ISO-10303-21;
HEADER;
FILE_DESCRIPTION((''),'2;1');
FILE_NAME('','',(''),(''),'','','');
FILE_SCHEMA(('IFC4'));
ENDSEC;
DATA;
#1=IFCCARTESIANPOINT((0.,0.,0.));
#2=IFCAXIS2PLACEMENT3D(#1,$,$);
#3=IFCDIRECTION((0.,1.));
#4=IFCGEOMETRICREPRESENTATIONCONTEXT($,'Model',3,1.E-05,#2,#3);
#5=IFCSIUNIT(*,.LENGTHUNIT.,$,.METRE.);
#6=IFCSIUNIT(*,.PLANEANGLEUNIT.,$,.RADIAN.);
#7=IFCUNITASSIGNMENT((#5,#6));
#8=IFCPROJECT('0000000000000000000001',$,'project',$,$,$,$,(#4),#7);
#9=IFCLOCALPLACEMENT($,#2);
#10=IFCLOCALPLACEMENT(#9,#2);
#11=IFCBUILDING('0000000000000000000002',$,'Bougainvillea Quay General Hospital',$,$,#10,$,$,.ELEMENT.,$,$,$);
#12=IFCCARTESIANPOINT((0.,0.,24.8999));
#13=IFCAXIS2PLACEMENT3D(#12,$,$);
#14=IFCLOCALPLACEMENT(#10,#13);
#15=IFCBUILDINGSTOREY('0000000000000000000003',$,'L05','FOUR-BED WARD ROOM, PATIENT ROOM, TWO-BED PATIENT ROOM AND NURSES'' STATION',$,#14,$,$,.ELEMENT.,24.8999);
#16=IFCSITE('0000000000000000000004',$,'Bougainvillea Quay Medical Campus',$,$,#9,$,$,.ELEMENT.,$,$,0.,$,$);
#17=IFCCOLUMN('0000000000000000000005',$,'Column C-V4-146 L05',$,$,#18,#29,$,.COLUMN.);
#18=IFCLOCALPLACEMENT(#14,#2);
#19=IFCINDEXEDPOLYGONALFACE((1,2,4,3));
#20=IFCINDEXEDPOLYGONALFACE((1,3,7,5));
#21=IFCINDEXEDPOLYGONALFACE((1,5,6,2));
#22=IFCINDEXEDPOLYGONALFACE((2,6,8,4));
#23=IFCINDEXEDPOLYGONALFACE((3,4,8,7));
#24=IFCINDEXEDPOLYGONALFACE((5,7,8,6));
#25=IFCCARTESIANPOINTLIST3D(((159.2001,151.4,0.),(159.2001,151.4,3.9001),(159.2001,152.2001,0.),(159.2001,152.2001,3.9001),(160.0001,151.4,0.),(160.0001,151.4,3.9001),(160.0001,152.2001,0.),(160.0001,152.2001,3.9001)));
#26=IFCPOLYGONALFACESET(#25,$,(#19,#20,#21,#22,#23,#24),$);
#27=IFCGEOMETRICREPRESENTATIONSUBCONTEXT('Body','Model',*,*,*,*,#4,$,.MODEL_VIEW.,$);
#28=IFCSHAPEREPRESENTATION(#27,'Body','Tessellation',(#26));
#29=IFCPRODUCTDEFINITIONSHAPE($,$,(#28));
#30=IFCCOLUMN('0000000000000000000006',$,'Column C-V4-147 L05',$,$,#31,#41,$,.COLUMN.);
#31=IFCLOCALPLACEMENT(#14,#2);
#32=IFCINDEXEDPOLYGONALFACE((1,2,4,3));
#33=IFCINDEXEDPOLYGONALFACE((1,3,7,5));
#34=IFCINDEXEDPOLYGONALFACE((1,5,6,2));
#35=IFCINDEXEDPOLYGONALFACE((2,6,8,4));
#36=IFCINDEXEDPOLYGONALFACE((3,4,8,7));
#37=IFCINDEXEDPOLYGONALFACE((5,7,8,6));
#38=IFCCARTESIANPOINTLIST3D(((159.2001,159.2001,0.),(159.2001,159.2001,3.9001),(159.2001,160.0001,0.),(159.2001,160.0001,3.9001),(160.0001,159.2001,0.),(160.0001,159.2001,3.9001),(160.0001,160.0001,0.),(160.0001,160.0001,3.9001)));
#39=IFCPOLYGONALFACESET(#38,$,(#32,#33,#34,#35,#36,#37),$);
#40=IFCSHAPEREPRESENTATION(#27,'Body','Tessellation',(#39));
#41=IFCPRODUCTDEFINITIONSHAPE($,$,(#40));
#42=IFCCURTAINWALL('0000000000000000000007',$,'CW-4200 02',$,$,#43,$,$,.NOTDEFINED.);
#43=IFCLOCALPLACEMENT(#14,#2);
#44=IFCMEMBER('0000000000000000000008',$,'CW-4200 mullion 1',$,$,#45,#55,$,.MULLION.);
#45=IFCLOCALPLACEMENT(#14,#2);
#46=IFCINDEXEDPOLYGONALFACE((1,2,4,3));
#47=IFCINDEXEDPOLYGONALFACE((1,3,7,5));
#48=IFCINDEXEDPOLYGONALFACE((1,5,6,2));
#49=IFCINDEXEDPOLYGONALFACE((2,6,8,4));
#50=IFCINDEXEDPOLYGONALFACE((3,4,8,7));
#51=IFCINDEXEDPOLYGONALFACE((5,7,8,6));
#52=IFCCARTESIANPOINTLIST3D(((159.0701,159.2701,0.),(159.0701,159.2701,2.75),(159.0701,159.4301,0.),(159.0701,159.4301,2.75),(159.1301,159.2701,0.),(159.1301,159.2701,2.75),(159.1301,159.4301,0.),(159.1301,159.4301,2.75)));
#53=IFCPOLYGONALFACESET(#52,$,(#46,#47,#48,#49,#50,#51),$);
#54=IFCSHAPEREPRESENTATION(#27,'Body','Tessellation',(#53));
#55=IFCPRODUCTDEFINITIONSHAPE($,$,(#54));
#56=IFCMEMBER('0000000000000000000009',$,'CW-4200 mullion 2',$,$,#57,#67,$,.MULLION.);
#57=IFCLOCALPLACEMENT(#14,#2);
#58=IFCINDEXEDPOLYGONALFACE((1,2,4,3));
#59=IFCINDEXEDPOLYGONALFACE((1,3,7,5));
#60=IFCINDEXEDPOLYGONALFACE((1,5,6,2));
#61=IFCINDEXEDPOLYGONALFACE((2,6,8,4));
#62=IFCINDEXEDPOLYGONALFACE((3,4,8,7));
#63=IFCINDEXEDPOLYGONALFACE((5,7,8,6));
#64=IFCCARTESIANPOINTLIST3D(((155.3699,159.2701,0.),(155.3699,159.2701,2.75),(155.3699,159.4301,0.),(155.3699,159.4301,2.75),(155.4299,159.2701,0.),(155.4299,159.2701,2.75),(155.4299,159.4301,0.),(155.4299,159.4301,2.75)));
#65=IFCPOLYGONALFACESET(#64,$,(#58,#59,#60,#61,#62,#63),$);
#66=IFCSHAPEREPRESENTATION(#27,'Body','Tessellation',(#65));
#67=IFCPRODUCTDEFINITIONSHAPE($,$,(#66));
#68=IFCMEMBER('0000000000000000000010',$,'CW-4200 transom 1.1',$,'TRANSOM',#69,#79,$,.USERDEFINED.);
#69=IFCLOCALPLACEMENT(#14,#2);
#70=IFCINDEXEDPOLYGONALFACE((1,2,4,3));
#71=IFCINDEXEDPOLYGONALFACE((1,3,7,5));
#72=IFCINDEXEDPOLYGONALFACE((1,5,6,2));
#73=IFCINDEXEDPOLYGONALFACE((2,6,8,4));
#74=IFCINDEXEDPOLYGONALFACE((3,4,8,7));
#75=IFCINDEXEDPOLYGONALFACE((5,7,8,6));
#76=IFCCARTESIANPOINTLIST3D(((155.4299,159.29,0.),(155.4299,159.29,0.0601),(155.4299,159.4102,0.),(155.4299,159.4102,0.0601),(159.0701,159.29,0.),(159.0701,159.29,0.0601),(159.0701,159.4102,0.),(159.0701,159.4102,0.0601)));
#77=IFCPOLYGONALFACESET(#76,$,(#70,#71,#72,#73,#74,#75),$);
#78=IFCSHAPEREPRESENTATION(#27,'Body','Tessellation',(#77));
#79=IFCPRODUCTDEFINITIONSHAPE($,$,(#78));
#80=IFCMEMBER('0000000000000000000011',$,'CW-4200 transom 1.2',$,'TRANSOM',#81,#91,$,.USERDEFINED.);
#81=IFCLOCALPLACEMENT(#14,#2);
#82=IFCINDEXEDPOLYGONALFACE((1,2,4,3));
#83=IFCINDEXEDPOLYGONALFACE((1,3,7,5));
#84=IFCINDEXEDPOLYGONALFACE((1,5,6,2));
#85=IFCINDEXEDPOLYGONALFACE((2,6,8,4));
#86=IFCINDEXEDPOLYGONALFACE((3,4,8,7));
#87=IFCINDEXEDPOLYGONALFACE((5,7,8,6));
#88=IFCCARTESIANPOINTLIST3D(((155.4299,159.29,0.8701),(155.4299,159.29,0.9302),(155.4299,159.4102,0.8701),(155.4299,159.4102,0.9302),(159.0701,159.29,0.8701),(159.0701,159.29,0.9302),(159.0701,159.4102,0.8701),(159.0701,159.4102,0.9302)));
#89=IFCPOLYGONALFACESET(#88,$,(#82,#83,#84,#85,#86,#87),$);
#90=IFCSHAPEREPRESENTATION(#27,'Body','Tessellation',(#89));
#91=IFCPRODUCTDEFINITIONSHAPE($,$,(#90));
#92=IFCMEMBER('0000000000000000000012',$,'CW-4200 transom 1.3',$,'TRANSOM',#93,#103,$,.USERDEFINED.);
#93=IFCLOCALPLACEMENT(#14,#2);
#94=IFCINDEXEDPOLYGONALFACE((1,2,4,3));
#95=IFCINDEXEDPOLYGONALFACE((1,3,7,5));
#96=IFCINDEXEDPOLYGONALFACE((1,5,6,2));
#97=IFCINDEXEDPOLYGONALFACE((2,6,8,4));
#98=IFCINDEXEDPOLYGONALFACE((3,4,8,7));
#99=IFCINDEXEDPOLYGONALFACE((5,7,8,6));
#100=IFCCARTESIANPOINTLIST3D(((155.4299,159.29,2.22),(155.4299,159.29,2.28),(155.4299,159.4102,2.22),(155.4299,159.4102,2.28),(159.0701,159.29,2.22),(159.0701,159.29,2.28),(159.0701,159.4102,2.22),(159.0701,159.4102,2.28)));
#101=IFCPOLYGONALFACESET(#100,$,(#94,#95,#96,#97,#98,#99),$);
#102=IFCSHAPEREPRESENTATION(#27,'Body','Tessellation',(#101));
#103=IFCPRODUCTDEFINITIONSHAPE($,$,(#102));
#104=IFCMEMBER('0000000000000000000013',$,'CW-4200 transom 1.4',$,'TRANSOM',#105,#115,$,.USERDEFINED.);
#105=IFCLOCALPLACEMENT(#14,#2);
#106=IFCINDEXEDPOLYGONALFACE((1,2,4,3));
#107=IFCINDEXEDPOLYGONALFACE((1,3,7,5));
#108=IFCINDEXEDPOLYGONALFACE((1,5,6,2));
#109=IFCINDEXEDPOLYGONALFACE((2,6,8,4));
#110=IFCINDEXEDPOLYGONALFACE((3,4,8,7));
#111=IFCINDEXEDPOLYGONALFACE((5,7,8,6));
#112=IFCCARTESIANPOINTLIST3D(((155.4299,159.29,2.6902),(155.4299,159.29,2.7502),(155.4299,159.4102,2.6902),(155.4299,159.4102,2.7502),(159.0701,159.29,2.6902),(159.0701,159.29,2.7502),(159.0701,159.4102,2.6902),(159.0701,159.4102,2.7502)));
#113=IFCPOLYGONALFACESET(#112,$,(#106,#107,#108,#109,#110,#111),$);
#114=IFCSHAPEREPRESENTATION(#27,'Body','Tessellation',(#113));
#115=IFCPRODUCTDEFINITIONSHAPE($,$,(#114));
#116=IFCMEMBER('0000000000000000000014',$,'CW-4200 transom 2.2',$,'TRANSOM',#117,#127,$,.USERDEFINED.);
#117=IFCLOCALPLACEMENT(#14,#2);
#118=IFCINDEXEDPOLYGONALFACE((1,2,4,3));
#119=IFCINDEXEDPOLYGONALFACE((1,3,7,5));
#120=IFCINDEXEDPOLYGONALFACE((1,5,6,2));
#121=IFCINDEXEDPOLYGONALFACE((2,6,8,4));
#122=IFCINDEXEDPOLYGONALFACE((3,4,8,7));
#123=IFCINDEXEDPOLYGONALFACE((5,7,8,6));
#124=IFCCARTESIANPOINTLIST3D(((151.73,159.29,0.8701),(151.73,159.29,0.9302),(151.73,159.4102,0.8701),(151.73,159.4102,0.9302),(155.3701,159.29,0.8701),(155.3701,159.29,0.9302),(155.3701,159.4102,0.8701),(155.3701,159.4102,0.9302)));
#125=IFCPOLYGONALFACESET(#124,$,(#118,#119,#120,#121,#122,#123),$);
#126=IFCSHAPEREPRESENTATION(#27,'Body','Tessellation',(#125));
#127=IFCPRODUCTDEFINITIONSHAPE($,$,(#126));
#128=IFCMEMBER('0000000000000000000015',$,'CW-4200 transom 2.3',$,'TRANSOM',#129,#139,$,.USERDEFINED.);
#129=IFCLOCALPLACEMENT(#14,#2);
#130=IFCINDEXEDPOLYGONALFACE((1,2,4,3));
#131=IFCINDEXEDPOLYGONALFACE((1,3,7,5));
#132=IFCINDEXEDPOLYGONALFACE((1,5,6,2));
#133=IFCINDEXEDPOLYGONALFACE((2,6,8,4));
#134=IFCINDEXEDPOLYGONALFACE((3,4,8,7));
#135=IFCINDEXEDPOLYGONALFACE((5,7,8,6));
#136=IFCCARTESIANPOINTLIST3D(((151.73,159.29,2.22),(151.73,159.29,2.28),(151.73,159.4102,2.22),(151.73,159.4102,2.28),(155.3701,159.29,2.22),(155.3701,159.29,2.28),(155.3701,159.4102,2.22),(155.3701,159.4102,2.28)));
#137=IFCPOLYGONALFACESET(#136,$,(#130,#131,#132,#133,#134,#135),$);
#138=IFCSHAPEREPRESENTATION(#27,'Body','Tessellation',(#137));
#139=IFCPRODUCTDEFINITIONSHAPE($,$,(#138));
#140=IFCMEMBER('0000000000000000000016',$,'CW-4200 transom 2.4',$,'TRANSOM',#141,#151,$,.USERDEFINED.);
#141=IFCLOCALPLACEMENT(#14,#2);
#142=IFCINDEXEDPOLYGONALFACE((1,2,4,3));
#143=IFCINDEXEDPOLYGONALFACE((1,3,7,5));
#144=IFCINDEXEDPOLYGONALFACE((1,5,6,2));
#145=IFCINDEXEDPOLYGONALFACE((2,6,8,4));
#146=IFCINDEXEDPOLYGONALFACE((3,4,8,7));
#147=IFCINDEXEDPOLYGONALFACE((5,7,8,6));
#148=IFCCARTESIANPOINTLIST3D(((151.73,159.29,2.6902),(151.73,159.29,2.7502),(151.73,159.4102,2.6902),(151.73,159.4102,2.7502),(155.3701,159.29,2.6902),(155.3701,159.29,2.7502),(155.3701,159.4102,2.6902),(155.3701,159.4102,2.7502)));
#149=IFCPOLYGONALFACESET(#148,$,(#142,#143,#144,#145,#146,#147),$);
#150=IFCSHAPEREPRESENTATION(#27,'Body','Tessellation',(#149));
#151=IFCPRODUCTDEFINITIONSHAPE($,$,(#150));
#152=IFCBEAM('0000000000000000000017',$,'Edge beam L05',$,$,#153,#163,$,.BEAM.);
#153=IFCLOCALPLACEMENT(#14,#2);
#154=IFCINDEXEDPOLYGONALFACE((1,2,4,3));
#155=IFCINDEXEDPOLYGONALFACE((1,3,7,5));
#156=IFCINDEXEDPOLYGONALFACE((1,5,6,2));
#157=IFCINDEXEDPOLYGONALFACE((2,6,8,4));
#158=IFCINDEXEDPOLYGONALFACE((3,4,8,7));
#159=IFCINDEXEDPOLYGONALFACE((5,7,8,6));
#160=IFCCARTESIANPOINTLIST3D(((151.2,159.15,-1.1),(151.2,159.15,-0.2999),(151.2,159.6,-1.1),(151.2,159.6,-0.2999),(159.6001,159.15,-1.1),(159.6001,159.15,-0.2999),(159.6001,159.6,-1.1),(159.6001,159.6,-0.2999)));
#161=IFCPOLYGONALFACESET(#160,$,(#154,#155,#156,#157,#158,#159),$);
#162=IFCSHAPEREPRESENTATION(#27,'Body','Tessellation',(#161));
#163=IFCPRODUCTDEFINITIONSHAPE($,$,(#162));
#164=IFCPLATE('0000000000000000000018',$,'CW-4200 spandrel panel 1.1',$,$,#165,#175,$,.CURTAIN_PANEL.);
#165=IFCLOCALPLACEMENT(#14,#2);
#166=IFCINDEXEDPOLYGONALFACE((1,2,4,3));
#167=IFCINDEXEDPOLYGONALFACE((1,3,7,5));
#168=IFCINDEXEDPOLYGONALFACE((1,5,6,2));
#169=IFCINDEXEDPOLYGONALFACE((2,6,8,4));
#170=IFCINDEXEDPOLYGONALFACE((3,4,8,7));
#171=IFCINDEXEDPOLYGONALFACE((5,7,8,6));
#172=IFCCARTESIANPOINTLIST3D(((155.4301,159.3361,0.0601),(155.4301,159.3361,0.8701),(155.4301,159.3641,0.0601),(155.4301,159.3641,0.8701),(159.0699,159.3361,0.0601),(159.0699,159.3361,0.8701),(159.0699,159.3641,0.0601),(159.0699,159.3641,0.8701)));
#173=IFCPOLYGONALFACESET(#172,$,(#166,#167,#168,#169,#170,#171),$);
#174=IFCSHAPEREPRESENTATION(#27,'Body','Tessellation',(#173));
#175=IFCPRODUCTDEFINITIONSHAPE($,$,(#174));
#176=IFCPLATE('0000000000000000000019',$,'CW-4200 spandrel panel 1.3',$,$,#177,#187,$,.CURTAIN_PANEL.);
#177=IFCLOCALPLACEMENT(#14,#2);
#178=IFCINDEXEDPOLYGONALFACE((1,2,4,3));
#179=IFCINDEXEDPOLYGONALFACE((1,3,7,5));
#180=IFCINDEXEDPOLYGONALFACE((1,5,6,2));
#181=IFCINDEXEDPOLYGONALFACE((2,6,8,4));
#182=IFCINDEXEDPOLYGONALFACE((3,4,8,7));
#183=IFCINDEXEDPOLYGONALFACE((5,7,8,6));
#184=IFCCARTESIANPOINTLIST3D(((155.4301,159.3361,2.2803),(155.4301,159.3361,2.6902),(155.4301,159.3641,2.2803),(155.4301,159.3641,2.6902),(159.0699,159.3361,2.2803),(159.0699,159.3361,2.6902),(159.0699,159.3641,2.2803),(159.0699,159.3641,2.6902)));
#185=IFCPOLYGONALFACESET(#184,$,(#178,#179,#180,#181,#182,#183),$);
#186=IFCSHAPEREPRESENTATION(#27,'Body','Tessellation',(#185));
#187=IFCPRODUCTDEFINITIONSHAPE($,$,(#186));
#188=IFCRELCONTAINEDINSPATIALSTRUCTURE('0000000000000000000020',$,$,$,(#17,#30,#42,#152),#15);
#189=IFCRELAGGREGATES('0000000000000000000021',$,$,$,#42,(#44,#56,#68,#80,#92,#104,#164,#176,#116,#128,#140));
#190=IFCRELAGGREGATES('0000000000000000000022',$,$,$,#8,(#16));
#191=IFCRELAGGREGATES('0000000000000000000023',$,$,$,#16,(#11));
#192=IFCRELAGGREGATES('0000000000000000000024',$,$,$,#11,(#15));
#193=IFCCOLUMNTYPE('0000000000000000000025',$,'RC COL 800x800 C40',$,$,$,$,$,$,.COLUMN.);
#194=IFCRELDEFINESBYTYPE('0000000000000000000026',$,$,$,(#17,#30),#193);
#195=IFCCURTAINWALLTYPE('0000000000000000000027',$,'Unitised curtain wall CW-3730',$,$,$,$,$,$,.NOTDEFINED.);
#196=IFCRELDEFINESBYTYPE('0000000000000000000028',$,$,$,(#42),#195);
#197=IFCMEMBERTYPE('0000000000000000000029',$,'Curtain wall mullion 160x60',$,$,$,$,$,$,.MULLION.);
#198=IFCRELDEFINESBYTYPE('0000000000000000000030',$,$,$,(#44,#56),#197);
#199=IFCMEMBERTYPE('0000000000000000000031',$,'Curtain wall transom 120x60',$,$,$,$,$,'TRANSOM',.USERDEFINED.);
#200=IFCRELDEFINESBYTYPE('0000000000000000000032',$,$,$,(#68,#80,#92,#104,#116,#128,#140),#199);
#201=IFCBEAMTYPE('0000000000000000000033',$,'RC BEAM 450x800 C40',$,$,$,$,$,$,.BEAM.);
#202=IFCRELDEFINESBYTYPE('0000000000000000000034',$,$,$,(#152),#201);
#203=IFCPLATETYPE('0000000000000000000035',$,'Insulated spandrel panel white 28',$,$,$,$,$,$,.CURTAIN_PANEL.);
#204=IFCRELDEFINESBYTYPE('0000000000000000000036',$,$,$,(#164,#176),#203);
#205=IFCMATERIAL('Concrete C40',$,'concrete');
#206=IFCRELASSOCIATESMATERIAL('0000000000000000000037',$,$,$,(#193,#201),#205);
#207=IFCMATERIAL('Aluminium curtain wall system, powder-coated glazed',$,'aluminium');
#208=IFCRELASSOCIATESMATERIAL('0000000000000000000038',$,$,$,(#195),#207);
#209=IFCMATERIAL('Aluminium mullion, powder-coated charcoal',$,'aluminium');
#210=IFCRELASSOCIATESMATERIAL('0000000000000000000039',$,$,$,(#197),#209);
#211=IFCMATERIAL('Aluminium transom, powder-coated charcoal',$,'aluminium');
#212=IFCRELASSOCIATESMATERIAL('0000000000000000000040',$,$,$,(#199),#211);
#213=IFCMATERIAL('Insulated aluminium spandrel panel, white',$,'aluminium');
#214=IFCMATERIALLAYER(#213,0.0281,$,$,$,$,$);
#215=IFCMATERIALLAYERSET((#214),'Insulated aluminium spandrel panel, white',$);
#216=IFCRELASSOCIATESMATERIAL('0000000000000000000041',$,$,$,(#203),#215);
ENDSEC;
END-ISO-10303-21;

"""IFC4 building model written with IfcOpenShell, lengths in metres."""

from ifc_helpers import new_model, si_unit, direction, frame, origin, origin_2d, place, context, subcontext, project, spatial, rectangle, extrude, material, layer, layer_set, material_profile, profile_set, type_object, element, aggregate, save


model = new_model("IFC4")

# Units and contexts
model_context = context("Model", 3, precision=1e-05, world=origin(), true_north=direction((0.0, 1.0)))
body_context = subcontext(model_context, "Body", "Model", "MODEL_VIEW")
ifc_project = project(units=[si_unit("LENGTHUNIT", "METRE"), si_unit("PLANEANGLEUNIT", "RADIAN")], contexts=[model_context])

# Site, building, storey
site_placement = place(None, origin())
site = spatial("IfcSite", under=ifc_project, at=site_placement, Name="Bougainvillea Quay Medical Campus", CompositionType="ELEMENT", RefElevation=0.0)
building_placement = place(site_placement, origin())
building = spatial("IfcBuilding", under=site, at=building_placement, Name="Bougainvillea Quay General Hospital", CompositionType="ELEMENT")
storey_placement = place(building_placement, frame((0.0, 0.0, 24.8999)))
storey = spatial("IfcBuildingStorey", under=building, at=storey_placement, Name="L05", Description="FOUR-BED WARD ROOM, PATIENT ROOM, TWO-BED PATIENT ROOM AND NURSES' STATION", CompositionType="ELEMENT", Elevation=24.8999)

# Columns
ifc_material_1 = material(Name="Concrete C40", Category="concrete")
ifc_material_profile_1 = material_profile(ifc_material_1, rectangle(XDim=0.8, YDim=0.8, at=origin_2d()))
ifc_profile_set_1 = profile_set([ifc_material_profile_1], Name="Concrete C40")
column_type = type_object("IfcColumnType", Name="RC COL 800x800 C40", PredefinedType="COLUMN", material=ifc_profile_set_1)
for number, where, z_axis, x_axis, name in (
    (1, (159.6001, 151.8, 0.0), (0.0, 0.0, 1.0), (1.0, 0.0, 0.0), "Column C-V4-146 L05"),
    (2, (159.6001, 159.6001, 0.0), (0.0, 0.0, 1.0), (1.0, 0.0, 0.0), "Column C-V4-147 L05"),
):
    element("IfcColumn", number, at=place(storey_placement, frame(where, z_axis=z_axis, x_axis=x_axis)), inside=storey, type_object=column_type, Name=name, PredefinedType="COLUMN", context=body_context, shape_type="SweptSolid", body=[
        extrude(rectangle(XDim=0.8, YDim=0.8, at=origin_2d()), origin(), (0.0, 0.0, 1.0), 3.9001),
    ])

# Curtain wall, members
ifc_material_2 = material(Name="Aluminium curtain wall system, powder-coated glazed", Category="aluminium")
curtain_wall_type = type_object("IfcCurtainWallType", Name="Unitised curtain wall CW-3730", PredefinedType="NOTDEFINED", material=ifc_material_2)
curtain_wall_placement = place(storey_placement, origin())
curtain_wall = element("IfcCurtainWall", 3, at=curtain_wall_placement, inside=storey, type_object=curtain_wall_type, Name="CW-4200 02", PredefinedType="NOTDEFINED")
ifc_material_3 = material(Name="Aluminium mullion, powder-coated charcoal", Category="aluminium")
ifc_material_profile_2 = material_profile(ifc_material_3, rectangle(XDim=0.1599, YDim=0.0601, at=origin_2d()))
ifc_profile_set_2 = profile_set([ifc_material_profile_2], Name="Aluminium mullion, powder-coated charcoal")
member_type_1 = type_object("IfcMemberType", Name="Curtain wall mullion 160x60", PredefinedType="MULLION", material=ifc_profile_set_2)
member_1_placement = place(storey_placement, frame((159.1001, 159.3501, 0.0), z_axis=(0.0, 0.0, 1.0), x_axis=(0.0, -1.0, 0.0)))
member_1 = element("IfcMember", 4, at=member_1_placement, type_object=member_type_1, Name="CW-4200 mullion 1", PredefinedType="MULLION", context=body_context, shape_type="SweptSolid", body=[
    extrude(rectangle(XDim=0.1599, YDim=0.0601, at=origin_2d()), origin(), (0.0, 0.0, 1.0), 2.75),
])
member_2_placement = place(storey_placement, frame((155.3999, 159.3501, 0.0), z_axis=(0.0, 0.0, 1.0), x_axis=(0.0, -1.0, 0.0)))
member_2 = element("IfcMember", 5, at=member_2_placement, type_object=member_type_1, Name="CW-4200 mullion 2", PredefinedType="MULLION", context=body_context, shape_type="SweptSolid", body=[
    extrude(rectangle(XDim=0.1599, YDim=0.0601, at=origin_2d()), origin(), (0.0, 0.0, 1.0), 2.75),
])
ifc_material_4 = material(Name="Aluminium transom, powder-coated charcoal", Category="aluminium")
ifc_material_profile_3 = material_profile(ifc_material_4, rectangle(XDim=0.1201, YDim=0.0601, at=origin_2d()))
ifc_profile_set_3 = profile_set([ifc_material_profile_3], Name="Aluminium transom, powder-coated charcoal")
member_type_2 = type_object("IfcMemberType", Name="Curtain wall transom 120x60", ElementType="TRANSOM", PredefinedType="USERDEFINED", material=ifc_profile_set_3)
member_3_placement = place(storey_placement, frame((159.0701, 159.3501, 0.03), z_axis=(-1.0, 0.0, 0.0), x_axis=(0.0, -1.0, 0.0)))
member_3 = element("IfcMember", 6, at=member_3_placement, type_object=member_type_2, Name="CW-4200 transom 1.1", ObjectType="TRANSOM", PredefinedType="USERDEFINED", context=body_context, shape_type="SweptSolid", body=[
    extrude(rectangle(XDim=0.1201, YDim=0.0601, at=origin_2d()), origin(), (0.0, 0.0, 1.0), 3.6401),
])
member_4_placement = place(storey_placement, frame((159.0701, 159.3501, 0.9001), z_axis=(-1.0, 0.0, 0.0), x_axis=(0.0, -1.0, 0.0)))
member_4 = element("IfcMember", 7, at=member_4_placement, type_object=member_type_2, Name="CW-4200 transom 1.2", ObjectType="TRANSOM", PredefinedType="USERDEFINED", context=body_context, shape_type="SweptSolid", body=[
    extrude(rectangle(XDim=0.1201, YDim=0.0601, at=origin_2d()), origin(), (0.0, 0.0, 1.0), 3.6401),
])
member_5_placement = place(storey_placement, frame((159.0701, 159.3501, 2.25), z_axis=(-1.0, 0.0, 0.0), x_axis=(0.0, -1.0, 0.0)))
member_5 = element("IfcMember", 8, at=member_5_placement, type_object=member_type_2, Name="CW-4200 transom 1.3", ObjectType="TRANSOM", PredefinedType="USERDEFINED", context=body_context, shape_type="SweptSolid", body=[
    extrude(rectangle(XDim=0.1201, YDim=0.0601, at=origin_2d()), origin(), (0.0, 0.0, 1.0), 3.6401),
])
member_6_placement = place(storey_placement, frame((159.0701, 159.3501, 2.7202), z_axis=(-1.0, 0.0, 0.0), x_axis=(0.0, -1.0, 0.0)))
member_6 = element("IfcMember", 9, at=member_6_placement, type_object=member_type_2, Name="CW-4200 transom 1.4", ObjectType="TRANSOM", PredefinedType="USERDEFINED", context=body_context, shape_type="SweptSolid", body=[
    extrude(rectangle(XDim=0.1201, YDim=0.0601, at=origin_2d()), origin(), (0.0, 0.0, 1.0), 3.6401),
])
member_7_placement = place(storey_placement, frame((155.3701, 159.3501, 0.9001), z_axis=(-1.0, 0.0, 0.0), x_axis=(0.0, -1.0, 0.0)))
member_7 = element("IfcMember", 10, at=member_7_placement, type_object=member_type_2, Name="CW-4200 transom 2.2", ObjectType="TRANSOM", PredefinedType="USERDEFINED", context=body_context, shape_type="SweptSolid", body=[
    extrude(rectangle(XDim=0.1201, YDim=0.0601, at=origin_2d()), origin(), (0.0, 0.0, 1.0), 3.6401),
])
member_8_placement = place(storey_placement, frame((155.3701, 159.3501, 2.25), z_axis=(-1.0, 0.0, 0.0), x_axis=(0.0, -1.0, 0.0)))
member_8 = element("IfcMember", 11, at=member_8_placement, type_object=member_type_2, Name="CW-4200 transom 2.3", ObjectType="TRANSOM", PredefinedType="USERDEFINED", context=body_context, shape_type="SweptSolid", body=[
    extrude(rectangle(XDim=0.1201, YDim=0.0601, at=origin_2d()), origin(), (0.0, 0.0, 1.0), 3.6401),
])
member_9_placement = place(storey_placement, frame((155.3701, 159.3501, 2.7202), z_axis=(-1.0, 0.0, 0.0), x_axis=(0.0, -1.0, 0.0)))
member_9 = element("IfcMember", 12, at=member_9_placement, type_object=member_type_2, Name="CW-4200 transom 2.4", ObjectType="TRANSOM", PredefinedType="USERDEFINED", context=body_context, shape_type="SweptSolid", body=[
    extrude(rectangle(XDim=0.1201, YDim=0.0601, at=origin_2d()), origin(), (0.0, 0.0, 1.0), 3.6401),
])

# Beam
ifc_material_profile_4 = material_profile(ifc_material_1, rectangle(XDim=0.45, YDim=0.8, at=origin_2d()))
ifc_profile_set_4 = profile_set([ifc_material_profile_4], Name="Concrete C40")
beam_type = type_object("IfcBeamType", Name="RC BEAM 450x800 C40", PredefinedType="BEAM", material=ifc_profile_set_4)
beam_placement = place(storey_placement, frame((159.6001, 159.375, -0.7), z_axis=(-1.0, 0.0, 0.0), x_axis=(0.0, -1.0, 0.0)))
element("IfcBeam", 13, at=beam_placement, inside=storey, type_object=beam_type, Name="Edge beam L05", PredefinedType="BEAM", context=body_context, shape_type="SweptSolid", body=[
    extrude(rectangle(XDim=0.45, YDim=0.8, at=origin_2d()), origin(), (0.0, 0.0, 1.0), 8.4001),
])

# Plates
ifc_material_5 = material(Name="Insulated aluminium spandrel panel, white", Category="aluminium")
ifc_layer_1 = layer(ifc_material_5, 0.0281)
ifc_layer_set_1 = layer_set([ifc_layer_1], Name="Insulated aluminium spandrel panel, white")
plate_type_1 = type_object("IfcPlateType", Name="Insulated spandrel panel white 28", PredefinedType="CURTAIN_PANEL", material=ifc_layer_set_1)
plate_1_placement = place(storey_placement, frame((157.25, 159.3501, 0.0601), z_axis=(0.0, 0.0, 1.0), x_axis=(-1.0, 0.0, 0.0)))
plate_1 = element("IfcPlate", 14, at=plate_1_placement, type_object=plate_type_1, Name="CW-4200 spandrel panel 1.1", PredefinedType="CURTAIN_PANEL", context=body_context, shape_type="SweptSolid", body=[
    extrude(rectangle(XDim=3.6399, YDim=0.0281, at=origin_2d()), origin(), (0.0, 0.0, 1.0), 0.8101),
])
plate_2_placement = place(storey_placement, frame((157.25, 159.3501, 2.2803), z_axis=(0.0, 0.0, 1.0), x_axis=(-1.0, 0.0, 0.0)))
plate_2 = element("IfcPlate", 15, at=plate_2_placement, type_object=plate_type_1, Name="CW-4200 spandrel panel 1.3", PredefinedType="CURTAIN_PANEL", context=body_context, shape_type="SweptSolid", body=[
    extrude(rectangle(XDim=3.6399, YDim=0.0281, at=origin_2d()), origin(), (0.0, 0.0, 1.0), 0.4099),
])
aggregate(curtain_wall, [member_1, member_2, member_3, member_4, member_5, member_6, plate_1, plate_2, member_7, member_8, member_9])

save(model, "model.ifc")
